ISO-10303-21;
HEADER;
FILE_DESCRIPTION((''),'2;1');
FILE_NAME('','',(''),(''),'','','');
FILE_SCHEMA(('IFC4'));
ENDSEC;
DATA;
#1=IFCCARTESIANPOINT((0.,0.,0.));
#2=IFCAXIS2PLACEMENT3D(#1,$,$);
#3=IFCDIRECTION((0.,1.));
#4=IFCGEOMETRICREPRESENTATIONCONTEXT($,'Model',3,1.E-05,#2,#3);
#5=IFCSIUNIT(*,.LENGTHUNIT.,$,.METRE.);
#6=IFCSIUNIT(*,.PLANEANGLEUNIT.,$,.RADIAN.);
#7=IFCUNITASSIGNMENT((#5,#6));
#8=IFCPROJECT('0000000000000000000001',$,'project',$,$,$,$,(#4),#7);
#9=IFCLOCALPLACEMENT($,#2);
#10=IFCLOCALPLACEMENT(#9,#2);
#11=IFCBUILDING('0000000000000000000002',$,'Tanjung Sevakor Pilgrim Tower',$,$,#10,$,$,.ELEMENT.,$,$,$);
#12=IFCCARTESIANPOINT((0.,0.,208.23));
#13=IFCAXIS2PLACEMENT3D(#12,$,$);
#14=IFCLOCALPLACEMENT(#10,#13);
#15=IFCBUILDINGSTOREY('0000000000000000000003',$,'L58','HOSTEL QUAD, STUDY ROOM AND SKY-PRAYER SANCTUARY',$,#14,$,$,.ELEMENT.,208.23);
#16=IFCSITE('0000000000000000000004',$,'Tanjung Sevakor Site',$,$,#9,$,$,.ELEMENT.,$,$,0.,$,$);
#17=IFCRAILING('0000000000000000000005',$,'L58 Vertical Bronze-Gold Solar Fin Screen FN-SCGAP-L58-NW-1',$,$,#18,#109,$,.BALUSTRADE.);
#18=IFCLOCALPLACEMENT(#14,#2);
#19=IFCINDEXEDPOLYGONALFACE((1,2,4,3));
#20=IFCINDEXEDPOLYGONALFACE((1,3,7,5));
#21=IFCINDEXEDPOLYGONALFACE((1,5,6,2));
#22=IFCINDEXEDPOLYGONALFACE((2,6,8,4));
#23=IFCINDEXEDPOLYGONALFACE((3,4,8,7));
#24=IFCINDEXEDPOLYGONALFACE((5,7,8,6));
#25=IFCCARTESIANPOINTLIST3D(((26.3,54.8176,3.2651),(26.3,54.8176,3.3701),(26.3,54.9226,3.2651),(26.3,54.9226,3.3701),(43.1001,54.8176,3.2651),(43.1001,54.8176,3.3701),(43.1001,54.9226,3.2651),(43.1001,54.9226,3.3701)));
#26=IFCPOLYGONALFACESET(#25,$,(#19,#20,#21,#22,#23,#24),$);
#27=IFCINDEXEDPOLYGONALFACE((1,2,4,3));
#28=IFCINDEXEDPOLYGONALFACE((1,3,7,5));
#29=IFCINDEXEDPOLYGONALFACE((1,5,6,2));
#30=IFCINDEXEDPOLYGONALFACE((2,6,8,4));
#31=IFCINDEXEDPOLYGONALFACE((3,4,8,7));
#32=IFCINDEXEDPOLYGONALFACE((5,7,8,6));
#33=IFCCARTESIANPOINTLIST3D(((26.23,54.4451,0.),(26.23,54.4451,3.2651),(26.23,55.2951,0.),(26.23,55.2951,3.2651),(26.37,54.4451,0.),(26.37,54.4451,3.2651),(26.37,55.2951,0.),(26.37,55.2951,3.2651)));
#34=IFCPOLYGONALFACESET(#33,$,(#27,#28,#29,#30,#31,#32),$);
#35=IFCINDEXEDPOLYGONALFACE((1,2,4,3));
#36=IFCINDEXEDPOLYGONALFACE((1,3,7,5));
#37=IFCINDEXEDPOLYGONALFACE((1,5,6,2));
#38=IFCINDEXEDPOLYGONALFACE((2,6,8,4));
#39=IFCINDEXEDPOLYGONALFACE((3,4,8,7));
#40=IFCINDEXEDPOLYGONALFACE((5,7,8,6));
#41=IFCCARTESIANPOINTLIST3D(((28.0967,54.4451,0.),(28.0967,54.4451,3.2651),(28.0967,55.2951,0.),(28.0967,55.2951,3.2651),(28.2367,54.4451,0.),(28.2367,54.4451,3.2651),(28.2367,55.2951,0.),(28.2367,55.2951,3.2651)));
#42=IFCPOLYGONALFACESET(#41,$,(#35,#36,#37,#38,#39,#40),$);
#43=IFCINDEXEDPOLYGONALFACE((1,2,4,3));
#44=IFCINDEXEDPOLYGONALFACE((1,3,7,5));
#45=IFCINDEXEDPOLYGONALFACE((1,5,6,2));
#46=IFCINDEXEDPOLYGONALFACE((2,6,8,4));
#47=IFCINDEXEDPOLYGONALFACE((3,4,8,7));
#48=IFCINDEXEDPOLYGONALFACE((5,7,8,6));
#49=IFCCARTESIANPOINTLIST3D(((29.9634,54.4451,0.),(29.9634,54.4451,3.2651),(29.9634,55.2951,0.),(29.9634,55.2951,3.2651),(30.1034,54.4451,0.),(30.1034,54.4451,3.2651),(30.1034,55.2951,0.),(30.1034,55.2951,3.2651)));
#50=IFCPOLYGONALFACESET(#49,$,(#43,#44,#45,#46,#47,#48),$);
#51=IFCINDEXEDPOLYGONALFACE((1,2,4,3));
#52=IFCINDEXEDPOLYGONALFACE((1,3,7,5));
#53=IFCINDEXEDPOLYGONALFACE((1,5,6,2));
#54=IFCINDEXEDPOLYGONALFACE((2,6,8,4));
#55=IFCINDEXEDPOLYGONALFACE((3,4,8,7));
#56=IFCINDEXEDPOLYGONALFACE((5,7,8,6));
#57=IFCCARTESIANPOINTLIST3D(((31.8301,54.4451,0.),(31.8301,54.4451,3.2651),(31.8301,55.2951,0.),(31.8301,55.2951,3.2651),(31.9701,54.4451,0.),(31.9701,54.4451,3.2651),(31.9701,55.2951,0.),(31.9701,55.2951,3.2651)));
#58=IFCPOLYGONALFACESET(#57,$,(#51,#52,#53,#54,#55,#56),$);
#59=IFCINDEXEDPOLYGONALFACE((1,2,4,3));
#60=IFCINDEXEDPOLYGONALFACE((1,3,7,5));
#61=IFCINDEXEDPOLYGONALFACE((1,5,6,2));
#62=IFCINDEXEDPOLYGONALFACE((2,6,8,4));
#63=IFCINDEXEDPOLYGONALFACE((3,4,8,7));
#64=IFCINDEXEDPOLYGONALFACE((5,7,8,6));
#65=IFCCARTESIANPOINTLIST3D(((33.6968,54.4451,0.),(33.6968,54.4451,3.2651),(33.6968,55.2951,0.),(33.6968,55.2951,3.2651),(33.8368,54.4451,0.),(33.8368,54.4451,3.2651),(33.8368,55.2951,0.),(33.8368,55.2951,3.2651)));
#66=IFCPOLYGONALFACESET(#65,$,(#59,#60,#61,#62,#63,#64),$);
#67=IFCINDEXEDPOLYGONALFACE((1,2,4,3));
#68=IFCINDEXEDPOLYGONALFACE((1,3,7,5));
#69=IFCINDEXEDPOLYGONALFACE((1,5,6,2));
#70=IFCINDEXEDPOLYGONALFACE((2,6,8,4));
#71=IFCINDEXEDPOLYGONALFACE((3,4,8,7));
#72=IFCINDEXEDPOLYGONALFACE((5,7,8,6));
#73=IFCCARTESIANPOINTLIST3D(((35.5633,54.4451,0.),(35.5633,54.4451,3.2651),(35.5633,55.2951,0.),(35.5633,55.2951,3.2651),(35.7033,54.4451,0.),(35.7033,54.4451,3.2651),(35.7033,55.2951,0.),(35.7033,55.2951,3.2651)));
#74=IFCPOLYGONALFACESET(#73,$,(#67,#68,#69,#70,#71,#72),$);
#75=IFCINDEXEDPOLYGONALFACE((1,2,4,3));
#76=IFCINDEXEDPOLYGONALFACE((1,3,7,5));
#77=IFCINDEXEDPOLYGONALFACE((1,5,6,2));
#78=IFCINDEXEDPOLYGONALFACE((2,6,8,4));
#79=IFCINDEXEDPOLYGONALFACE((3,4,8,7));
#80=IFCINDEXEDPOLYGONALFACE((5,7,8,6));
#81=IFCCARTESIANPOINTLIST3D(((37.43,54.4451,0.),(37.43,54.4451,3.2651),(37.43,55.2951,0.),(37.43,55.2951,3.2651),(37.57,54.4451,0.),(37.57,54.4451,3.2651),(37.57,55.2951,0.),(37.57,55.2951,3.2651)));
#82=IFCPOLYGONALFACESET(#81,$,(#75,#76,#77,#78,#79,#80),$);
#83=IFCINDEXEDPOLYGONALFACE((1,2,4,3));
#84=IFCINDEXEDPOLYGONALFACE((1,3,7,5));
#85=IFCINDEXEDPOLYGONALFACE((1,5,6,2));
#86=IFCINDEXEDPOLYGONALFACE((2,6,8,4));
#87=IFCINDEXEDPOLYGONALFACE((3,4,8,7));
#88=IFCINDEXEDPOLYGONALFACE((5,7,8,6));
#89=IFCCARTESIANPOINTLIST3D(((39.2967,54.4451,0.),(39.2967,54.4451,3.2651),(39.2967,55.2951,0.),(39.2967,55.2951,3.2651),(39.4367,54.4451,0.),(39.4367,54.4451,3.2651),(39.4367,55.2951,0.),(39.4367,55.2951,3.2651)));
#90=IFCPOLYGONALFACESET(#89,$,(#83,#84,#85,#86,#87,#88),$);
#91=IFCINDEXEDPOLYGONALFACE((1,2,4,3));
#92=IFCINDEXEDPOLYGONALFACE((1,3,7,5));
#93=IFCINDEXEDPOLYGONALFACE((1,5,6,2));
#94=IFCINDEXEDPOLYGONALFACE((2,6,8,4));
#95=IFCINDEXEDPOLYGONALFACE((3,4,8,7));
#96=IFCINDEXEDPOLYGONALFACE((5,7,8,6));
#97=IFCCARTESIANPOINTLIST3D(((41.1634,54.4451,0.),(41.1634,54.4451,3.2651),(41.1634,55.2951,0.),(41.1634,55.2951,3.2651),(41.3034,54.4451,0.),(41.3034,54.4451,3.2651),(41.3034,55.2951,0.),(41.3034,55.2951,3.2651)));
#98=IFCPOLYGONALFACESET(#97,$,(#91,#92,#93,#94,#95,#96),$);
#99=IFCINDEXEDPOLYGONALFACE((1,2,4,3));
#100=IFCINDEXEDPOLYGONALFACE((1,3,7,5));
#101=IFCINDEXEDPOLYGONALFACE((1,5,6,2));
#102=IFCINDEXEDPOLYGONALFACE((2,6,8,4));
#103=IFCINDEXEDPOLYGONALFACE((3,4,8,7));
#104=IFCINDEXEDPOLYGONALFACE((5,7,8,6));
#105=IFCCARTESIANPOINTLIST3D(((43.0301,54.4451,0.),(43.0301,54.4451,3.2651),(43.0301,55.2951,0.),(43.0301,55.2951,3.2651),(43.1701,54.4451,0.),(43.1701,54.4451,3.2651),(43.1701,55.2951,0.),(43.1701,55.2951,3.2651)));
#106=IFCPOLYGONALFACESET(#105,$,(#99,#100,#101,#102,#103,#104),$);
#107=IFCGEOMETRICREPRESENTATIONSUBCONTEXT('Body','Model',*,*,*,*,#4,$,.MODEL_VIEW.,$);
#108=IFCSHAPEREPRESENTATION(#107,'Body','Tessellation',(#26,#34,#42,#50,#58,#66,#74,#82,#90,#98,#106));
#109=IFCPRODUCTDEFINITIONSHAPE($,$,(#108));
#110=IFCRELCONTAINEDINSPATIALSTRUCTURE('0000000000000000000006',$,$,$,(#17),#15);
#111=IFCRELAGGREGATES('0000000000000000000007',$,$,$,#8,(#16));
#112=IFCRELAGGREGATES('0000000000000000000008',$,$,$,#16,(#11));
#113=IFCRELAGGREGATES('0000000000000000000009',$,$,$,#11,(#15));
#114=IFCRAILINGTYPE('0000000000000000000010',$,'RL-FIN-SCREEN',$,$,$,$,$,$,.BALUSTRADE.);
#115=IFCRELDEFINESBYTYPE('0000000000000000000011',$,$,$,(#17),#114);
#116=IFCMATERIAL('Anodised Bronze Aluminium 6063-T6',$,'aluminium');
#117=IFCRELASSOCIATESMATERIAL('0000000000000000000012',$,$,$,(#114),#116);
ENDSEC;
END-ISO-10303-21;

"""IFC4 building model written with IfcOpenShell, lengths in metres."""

from ifc_helpers import new_model, si_unit, direction, frame, origin, place, context, subcontext, project, spatial, rectangle, extrude, material, type_object, element, save


model = new_model("IFC4")

# Units and contexts
model_context = context("Model", 3, precision=1e-05, world=origin(), true_north=direction((0.0, 1.0)))
body_context = subcontext(model_context, "Body", "Model", "MODEL_VIEW")
ifc_project = project(units=[si_unit("LENGTHUNIT", "METRE"), si_unit("PLANEANGLEUNIT", "RADIAN")], contexts=[model_context])

# Site, building, storey
site_placement = place(None, origin())
site = spatial("IfcSite", under=ifc_project, at=site_placement, Name="Tanjung Sevakor Site", CompositionType="ELEMENT", RefElevation=0.0)
building_placement = place(site_placement, origin())
building = spatial("IfcBuilding", under=site, at=building_placement, Name="Tanjung Sevakor Pilgrim Tower", CompositionType="ELEMENT")
storey_placement = place(building_placement, frame((0.0, 0.0, 208.23)))
storey = spatial("IfcBuildingStorey", under=building, at=storey_placement, Name="L58", Description="HOSTEL QUAD, STUDY ROOM AND SKY-PRAYER SANCTUARY", CompositionType="ELEMENT", Elevation=208.23)

# Railing
ifc_material_1 = material(Name="Anodised Bronze Aluminium 6063-T6", Category="aluminium")
railing_type_1 = type_object("IfcRailingType", Name="RL-FIN-SCREEN", PredefinedType="BALUSTRADE", material=ifc_material_1)
railing_1_placement = place(storey_placement, frame((26.3, 54.8701, 0.0)))
element("IfcRailing", 1, at=railing_1_placement, inside=storey, type_object=railing_type_1, Name="L58 Vertical Bronze-Gold Solar Fin Screen FN-SCGAP-L58-NW-1", PredefinedType="BALUSTRADE", context=body_context, shape_type="SweptSolid", body=[
    extrude(rectangle(XDim=0.105, YDim=0.105), frame((0.0, 0.0, 3.3176), z_axis=(1.0, 0.0, 0.0), x_axis=(0.0, 1.0, 0.0)), (0.0, 0.0, 1.0), 16.8),
    extrude(rectangle(XDim=0.14, YDim=0.85), origin(), (0.0, 0.0, 1.0), 3.2651),
    extrude(rectangle(XDim=0.14, YDim=0.85), frame((1.8667, 0.0, 0.0)), (0.0, 0.0, 1.0), 3.2651),
    extrude(rectangle(XDim=0.14, YDim=0.85), frame((3.7334, 0.0, 0.0)), (0.0, 0.0, 1.0), 3.2651),
    extrude(rectangle(XDim=0.14, YDim=0.85), frame((5.6001, 0.0, 0.0)), (0.0, 0.0, 1.0), 3.2651),
    extrude(rectangle(XDim=0.14, YDim=0.85), frame((7.4668, 0.0, 0.0)), (0.0, 0.0, 1.0), 3.2651),
    extrude(rectangle(XDim=0.14, YDim=0.85), frame((9.3333, 0.0, 0.0)), (0.0, 0.0, 1.0), 3.2651),
    extrude(rectangle(XDim=0.14, YDim=0.85), frame((11.2, 0.0, 0.0)), (0.0, 0.0, 1.0), 3.2651),
    extrude(rectangle(XDim=0.14, YDim=0.85), frame((13.0667, 0.0, 0.0)), (0.0, 0.0, 1.0), 3.2651),
    extrude(rectangle(XDim=0.14, YDim=0.85), frame((14.9333, 0.0, 0.0)), (0.0, 0.0, 1.0), 3.2651),
    extrude(rectangle(XDim=0.14, YDim=0.85), frame((16.8, 0.0, 0.0)), (0.0, 0.0, 1.0), 3.2651),
])

save(model, "model.ifc")
